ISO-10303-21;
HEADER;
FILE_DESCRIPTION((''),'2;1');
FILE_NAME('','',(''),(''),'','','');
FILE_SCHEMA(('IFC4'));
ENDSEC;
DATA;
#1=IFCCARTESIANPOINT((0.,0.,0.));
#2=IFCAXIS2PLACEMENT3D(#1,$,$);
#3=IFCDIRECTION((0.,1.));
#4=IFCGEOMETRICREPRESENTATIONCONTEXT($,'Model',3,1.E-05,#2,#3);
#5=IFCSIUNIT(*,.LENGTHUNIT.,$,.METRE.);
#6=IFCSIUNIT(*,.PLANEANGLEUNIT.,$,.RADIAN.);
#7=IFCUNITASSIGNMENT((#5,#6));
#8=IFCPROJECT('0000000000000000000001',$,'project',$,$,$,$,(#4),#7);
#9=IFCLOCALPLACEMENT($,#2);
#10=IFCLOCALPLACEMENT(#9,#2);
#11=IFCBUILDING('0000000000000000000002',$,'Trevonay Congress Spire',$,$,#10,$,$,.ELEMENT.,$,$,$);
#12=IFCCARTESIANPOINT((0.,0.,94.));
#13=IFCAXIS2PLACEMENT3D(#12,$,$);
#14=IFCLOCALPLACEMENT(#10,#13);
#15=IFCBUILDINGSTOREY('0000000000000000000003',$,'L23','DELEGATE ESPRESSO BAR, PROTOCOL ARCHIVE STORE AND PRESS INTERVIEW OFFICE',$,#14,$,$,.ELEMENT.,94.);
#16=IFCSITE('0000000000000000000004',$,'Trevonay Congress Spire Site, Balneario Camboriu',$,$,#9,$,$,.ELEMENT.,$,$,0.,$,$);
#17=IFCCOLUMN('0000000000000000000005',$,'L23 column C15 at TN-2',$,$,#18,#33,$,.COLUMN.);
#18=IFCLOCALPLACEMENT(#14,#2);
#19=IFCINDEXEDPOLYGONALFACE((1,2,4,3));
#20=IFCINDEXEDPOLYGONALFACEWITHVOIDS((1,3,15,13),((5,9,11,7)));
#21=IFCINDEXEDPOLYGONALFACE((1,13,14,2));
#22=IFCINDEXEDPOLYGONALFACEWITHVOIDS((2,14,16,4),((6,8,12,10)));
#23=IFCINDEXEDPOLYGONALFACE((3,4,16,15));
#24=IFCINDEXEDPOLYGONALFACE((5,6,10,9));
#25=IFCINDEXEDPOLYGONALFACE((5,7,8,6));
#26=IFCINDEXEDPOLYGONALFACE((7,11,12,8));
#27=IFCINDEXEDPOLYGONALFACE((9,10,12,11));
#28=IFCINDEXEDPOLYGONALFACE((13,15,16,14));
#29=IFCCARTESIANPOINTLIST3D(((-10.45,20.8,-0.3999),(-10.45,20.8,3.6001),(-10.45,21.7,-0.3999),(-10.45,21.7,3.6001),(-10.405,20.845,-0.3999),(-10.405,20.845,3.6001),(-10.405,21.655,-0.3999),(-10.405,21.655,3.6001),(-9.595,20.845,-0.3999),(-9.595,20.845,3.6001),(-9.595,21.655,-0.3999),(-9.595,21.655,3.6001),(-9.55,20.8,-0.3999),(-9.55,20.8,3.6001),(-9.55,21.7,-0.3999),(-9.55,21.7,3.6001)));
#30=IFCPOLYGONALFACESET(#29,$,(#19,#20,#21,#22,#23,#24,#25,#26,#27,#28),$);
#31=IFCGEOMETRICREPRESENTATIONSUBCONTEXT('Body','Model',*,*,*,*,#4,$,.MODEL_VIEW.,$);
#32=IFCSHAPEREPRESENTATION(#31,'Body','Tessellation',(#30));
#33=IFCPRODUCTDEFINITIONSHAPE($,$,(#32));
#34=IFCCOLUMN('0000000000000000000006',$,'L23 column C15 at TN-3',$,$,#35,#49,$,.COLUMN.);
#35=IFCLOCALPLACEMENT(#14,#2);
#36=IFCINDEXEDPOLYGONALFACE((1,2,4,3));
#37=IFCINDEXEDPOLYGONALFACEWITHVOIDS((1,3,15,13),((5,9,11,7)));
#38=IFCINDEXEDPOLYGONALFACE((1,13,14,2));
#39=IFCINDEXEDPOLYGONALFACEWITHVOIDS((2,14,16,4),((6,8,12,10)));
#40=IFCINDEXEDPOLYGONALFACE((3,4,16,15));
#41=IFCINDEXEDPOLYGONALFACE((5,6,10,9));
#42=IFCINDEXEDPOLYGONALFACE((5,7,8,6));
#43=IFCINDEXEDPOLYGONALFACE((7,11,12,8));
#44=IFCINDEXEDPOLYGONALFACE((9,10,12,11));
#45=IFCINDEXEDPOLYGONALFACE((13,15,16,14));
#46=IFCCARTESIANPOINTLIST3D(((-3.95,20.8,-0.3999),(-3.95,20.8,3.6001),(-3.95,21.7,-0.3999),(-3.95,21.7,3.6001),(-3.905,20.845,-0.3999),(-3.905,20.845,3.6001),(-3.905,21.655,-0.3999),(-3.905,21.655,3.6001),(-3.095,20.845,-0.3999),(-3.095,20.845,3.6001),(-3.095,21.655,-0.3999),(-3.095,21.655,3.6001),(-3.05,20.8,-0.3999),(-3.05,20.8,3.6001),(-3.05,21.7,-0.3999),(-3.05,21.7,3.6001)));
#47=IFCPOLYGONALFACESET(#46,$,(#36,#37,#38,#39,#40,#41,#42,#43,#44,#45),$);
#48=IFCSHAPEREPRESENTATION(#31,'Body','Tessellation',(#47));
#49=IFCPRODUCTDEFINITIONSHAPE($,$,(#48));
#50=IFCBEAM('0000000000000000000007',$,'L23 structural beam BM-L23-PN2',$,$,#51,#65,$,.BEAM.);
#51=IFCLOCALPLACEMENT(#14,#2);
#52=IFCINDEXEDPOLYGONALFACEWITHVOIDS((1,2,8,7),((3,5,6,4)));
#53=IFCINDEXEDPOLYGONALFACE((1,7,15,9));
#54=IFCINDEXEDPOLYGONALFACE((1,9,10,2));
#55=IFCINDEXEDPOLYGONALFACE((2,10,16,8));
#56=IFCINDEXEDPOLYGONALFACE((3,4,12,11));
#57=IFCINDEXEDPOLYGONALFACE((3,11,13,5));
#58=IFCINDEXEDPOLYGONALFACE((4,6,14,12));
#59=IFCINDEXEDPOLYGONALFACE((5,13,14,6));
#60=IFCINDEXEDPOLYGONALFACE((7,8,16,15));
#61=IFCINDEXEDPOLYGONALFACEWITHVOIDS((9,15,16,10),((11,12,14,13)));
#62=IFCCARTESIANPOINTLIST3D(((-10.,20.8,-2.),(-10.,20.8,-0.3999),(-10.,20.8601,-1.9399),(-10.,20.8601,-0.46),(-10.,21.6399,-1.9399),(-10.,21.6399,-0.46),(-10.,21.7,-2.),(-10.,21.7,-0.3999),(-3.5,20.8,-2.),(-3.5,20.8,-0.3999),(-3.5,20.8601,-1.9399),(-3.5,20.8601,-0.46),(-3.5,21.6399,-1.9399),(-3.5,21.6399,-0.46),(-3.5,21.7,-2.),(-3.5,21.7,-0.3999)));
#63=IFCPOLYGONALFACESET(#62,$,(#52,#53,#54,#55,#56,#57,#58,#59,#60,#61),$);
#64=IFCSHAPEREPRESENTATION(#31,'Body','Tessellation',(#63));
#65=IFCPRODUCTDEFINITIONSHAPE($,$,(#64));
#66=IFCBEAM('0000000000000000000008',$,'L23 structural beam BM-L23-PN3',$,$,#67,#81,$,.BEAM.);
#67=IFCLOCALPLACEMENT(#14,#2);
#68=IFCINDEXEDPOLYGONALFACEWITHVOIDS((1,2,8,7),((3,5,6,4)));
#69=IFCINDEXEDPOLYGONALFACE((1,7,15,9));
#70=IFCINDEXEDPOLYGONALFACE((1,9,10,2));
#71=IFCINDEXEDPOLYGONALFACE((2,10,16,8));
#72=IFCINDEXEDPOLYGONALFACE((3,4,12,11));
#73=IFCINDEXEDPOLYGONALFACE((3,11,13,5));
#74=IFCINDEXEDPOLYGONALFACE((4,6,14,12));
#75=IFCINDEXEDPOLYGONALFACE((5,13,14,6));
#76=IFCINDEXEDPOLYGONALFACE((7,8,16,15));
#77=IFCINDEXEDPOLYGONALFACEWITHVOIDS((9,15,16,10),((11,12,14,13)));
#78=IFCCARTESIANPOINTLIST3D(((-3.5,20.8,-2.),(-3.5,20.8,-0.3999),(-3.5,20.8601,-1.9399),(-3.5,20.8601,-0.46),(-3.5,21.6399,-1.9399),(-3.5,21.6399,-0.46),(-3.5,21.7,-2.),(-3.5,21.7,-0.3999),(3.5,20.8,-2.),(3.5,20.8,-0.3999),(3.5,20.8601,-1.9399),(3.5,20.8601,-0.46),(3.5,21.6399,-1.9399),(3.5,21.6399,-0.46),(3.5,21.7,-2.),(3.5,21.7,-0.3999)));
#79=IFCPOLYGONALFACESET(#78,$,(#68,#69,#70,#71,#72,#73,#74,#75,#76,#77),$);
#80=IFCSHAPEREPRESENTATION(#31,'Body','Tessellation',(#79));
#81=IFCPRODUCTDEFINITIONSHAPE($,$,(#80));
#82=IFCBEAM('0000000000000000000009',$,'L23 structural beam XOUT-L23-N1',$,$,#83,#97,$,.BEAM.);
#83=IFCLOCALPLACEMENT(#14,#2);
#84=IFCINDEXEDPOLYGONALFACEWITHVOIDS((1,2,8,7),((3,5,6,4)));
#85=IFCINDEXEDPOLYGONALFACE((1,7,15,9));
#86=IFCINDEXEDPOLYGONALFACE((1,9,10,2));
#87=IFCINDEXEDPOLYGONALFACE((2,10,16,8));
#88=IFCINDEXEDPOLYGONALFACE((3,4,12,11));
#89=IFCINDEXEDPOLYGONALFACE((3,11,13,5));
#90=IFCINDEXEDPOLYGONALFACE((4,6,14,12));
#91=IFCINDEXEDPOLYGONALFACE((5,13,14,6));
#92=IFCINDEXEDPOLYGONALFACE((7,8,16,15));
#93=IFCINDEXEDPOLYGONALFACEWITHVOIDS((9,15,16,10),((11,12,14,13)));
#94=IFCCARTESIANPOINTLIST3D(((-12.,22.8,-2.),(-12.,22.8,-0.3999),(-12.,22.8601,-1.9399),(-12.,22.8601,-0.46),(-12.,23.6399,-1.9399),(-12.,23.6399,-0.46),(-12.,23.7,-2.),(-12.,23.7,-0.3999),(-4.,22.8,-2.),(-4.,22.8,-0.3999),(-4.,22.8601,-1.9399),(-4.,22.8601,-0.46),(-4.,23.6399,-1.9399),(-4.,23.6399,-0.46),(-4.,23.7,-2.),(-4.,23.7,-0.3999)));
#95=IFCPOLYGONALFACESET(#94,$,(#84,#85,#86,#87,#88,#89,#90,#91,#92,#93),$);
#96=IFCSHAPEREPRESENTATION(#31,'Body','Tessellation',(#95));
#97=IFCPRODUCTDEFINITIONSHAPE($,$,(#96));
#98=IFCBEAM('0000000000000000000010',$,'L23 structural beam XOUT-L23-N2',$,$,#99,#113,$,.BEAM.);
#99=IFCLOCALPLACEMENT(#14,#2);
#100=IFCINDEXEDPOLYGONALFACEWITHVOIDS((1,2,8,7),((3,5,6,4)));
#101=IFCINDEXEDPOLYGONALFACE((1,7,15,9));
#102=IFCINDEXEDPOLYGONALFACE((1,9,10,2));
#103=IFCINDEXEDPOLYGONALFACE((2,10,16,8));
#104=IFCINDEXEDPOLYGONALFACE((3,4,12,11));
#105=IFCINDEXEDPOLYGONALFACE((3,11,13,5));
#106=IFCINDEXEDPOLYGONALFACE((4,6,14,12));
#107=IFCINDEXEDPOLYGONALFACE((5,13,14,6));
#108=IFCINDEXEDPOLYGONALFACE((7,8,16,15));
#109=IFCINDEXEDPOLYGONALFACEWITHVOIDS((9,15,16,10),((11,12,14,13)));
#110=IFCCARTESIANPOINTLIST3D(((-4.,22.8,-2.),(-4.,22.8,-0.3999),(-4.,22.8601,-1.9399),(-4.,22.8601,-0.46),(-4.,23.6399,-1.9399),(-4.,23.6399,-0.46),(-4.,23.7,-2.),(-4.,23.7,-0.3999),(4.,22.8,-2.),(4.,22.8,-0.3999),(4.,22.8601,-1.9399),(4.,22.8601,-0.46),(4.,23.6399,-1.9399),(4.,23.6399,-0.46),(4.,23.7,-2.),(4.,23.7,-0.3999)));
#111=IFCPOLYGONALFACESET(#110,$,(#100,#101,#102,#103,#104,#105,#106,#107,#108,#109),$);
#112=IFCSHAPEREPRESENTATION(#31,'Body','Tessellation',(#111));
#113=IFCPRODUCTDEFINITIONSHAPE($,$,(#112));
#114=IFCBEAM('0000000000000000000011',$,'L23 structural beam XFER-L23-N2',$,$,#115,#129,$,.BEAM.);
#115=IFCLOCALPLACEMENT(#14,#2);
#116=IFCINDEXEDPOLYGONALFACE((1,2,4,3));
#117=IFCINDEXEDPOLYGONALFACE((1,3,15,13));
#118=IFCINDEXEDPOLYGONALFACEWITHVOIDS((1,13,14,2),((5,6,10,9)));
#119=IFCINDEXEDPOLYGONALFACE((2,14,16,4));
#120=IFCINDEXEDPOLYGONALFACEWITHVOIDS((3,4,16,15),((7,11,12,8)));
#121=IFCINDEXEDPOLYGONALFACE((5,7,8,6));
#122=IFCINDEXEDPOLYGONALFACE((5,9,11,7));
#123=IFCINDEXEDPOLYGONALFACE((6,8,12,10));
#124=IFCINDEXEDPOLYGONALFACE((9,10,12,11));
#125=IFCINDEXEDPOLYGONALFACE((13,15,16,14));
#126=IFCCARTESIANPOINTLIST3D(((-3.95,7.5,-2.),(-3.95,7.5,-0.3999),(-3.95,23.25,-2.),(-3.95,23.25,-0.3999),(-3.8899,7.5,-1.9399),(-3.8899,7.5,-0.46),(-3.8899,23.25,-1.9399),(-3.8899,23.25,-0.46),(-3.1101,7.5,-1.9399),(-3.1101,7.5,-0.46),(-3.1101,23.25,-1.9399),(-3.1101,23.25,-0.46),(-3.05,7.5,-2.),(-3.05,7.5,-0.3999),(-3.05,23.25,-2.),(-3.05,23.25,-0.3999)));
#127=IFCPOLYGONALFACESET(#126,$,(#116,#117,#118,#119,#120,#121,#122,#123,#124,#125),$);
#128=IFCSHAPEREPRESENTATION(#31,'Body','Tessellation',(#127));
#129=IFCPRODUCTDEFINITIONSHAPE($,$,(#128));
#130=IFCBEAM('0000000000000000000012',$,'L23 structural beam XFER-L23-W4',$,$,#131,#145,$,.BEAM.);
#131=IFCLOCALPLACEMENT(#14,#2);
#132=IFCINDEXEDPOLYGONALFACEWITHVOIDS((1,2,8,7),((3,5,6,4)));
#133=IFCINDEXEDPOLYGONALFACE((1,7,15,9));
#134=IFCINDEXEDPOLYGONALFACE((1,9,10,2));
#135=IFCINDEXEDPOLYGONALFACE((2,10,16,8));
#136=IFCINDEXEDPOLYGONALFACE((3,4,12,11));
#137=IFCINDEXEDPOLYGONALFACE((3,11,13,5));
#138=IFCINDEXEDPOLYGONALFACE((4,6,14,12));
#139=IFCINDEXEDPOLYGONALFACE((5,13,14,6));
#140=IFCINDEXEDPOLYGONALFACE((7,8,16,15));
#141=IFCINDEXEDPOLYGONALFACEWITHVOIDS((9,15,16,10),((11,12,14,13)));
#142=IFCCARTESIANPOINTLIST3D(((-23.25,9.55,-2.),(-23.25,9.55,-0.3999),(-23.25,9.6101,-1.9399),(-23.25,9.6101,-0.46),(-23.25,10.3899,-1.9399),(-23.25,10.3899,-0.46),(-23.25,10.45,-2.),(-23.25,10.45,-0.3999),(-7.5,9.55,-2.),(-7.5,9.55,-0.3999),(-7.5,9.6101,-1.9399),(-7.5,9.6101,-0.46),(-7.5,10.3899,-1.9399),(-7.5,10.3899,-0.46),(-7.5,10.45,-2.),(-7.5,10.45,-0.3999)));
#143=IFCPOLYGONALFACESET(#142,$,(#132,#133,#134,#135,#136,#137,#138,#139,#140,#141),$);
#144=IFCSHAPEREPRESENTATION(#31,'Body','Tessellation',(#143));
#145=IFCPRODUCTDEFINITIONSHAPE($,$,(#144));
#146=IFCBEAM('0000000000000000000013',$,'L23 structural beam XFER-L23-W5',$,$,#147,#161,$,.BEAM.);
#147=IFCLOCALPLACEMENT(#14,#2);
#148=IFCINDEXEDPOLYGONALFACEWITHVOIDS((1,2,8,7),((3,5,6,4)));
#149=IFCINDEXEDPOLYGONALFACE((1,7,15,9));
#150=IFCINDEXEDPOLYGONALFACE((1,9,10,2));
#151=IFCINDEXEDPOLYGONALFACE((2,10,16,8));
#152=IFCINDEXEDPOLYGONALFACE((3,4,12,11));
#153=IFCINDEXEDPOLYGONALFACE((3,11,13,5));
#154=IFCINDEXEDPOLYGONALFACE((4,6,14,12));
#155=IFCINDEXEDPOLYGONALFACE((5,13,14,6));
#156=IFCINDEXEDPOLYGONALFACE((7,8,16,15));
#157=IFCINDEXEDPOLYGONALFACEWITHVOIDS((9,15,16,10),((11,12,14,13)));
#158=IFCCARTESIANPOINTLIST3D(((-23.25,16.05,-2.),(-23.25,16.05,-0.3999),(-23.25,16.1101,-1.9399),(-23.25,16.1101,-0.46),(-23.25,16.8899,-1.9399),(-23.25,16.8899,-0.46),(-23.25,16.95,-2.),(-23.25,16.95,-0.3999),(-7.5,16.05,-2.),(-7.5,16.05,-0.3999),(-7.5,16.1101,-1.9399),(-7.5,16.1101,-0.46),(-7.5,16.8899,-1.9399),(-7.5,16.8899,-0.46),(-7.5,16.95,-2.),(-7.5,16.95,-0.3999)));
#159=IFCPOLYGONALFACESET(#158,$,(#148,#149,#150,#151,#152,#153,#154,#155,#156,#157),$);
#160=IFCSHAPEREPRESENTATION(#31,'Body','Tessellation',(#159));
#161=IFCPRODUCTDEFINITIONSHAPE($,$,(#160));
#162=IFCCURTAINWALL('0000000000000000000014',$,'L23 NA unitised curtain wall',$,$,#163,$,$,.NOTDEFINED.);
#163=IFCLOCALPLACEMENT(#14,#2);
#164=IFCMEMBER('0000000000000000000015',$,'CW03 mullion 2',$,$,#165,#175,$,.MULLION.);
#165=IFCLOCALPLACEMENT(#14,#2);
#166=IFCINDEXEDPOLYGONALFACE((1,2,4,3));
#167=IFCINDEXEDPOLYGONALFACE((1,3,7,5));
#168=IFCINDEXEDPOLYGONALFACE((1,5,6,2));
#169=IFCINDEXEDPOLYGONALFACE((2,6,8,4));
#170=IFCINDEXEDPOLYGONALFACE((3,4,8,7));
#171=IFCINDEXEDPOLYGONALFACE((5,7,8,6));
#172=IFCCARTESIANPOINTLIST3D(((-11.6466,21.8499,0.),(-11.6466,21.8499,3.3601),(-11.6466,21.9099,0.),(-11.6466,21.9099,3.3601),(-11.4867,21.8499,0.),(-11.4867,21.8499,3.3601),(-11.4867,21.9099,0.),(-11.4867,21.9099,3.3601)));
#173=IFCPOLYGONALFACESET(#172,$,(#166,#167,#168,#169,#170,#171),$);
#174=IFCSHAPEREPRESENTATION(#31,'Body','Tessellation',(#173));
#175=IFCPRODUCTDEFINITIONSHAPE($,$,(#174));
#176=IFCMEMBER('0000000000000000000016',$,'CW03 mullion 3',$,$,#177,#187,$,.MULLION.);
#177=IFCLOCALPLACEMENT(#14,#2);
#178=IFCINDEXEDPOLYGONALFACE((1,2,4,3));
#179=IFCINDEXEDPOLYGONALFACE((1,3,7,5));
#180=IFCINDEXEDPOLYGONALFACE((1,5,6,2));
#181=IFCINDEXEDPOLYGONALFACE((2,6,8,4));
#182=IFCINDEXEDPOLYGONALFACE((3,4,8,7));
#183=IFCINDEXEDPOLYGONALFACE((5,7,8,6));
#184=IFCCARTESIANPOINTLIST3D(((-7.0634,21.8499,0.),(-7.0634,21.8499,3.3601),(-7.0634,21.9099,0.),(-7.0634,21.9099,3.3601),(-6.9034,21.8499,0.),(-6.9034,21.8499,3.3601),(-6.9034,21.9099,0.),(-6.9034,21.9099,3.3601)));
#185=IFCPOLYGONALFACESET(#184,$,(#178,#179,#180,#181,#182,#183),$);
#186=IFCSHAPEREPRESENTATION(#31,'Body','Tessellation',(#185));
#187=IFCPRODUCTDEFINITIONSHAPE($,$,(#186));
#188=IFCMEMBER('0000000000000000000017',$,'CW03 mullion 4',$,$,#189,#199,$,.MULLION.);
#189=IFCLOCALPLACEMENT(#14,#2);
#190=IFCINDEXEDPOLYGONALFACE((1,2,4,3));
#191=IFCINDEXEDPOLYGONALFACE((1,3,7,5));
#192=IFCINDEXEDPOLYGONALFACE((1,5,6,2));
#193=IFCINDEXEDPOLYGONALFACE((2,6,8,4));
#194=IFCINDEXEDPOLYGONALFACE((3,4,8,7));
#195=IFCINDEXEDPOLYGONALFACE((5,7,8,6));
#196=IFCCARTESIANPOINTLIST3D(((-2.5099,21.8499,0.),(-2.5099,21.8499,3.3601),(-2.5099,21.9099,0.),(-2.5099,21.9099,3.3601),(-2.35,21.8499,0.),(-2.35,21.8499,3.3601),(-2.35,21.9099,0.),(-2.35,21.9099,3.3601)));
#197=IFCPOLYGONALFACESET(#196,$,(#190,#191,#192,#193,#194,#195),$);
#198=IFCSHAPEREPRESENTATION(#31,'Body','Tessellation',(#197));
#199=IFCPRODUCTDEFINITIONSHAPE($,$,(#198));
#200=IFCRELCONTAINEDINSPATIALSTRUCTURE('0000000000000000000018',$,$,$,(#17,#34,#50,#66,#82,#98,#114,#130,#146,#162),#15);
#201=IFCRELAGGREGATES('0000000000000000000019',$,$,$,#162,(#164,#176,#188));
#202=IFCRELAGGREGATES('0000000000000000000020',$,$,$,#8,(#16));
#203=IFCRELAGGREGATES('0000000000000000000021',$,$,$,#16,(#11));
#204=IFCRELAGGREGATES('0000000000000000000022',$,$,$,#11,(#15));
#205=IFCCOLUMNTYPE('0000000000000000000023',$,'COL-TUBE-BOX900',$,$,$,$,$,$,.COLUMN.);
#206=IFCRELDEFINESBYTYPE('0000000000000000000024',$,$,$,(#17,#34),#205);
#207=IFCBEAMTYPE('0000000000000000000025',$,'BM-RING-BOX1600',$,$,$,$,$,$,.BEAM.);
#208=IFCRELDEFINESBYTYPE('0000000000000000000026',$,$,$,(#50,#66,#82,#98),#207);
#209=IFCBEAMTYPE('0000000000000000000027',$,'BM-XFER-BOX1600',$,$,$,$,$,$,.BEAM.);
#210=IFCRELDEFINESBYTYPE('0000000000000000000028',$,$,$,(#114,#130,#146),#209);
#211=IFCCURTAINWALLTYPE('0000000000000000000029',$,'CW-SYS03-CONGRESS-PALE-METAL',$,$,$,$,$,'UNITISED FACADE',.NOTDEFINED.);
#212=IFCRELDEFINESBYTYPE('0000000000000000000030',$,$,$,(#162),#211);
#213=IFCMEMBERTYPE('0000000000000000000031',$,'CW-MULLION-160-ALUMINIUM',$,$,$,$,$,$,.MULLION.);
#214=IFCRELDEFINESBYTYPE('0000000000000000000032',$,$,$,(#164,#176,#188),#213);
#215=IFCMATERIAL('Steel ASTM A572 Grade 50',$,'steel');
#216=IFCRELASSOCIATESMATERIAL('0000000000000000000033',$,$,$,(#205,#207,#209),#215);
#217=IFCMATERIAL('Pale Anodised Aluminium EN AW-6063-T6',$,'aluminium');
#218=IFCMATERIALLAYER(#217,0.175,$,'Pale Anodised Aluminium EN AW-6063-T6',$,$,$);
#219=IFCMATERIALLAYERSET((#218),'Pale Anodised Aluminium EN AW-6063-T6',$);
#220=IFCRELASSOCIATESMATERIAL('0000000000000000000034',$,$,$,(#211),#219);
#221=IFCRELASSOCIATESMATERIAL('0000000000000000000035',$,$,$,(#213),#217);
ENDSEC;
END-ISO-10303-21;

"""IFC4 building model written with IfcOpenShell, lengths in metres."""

from ifc_helpers import new_model, si_unit, direction, frame, origin, origin_2d, place, context, subcontext, project, spatial, rectangle, hollow_rectangle, extrude, material, layer, layer_set, material_profile, profile_set, type_object, element, aggregate, save


model = new_model("IFC4")

# Units and contexts
model_context = context("Model", 3, precision=1e-05, world=origin(), true_north=direction((0.0, 1.0)))
body_context = subcontext(model_context, "Body", "Model", "MODEL_VIEW")
ifc_project = project(units=[si_unit("LENGTHUNIT", "METRE"), si_unit("PLANEANGLEUNIT", "RADIAN")], contexts=[model_context])

# Site, building, storey
site_placement = place(None, origin())
site = spatial("IfcSite", under=ifc_project, at=site_placement, Name="Trevonay Congress Spire Site, Balneario Camboriu", CompositionType="ELEMENT", RefElevation=0.0)
building_placement = place(site_placement, origin())
building = spatial("IfcBuilding", under=site, at=building_placement, Name="Trevonay Congress Spire", CompositionType="ELEMENT")
storey_placement = place(building_placement, frame((0.0, 0.0, 94.0)))
storey = spatial("IfcBuildingStorey", under=building, at=storey_placement, Name="L23", Description="DELEGATE ESPRESSO BAR, PROTOCOL ARCHIVE STORE AND PRESS INTERVIEW OFFICE", CompositionType="ELEMENT", Elevation=94.0)

# Columns
ifc_material_1 = material(Name="Steel ASTM A572 Grade 50", Category="steel")
ifc_material_profile_1 = material_profile(ifc_material_1, hollow_rectangle(XDim=0.8999, YDim=0.8999, WallThickness=0.0449, at=origin_2d()), Name="BOX 900x900x45")
ifc_profile_set_1 = profile_set([ifc_material_profile_1], Name="Steel ASTM A572 Grade 50")
column_type = type_object("IfcColumnType", Name="COL-TUBE-BOX900", PredefinedType="COLUMN", material=ifc_profile_set_1)
for number, where, z_axis, x_axis, name in (
    (1, (-10.0, 21.25, -0.3999), (0.0, 0.0, 1.0), (1.0, 0.0, 0.0), "L23 column C15 at TN-2"),
    (2, (-3.5, 21.25, -0.3999), (0.0, 0.0, 1.0), (1.0, 0.0, 0.0), "L23 column C15 at TN-3"),
):
    element("IfcColumn", number, at=place(storey_placement, frame(where, z_axis=z_axis, x_axis=x_axis)), inside=storey, type_object=column_type, Name=name, PredefinedType="COLUMN", context=body_context, shape_type="SweptSolid", body=[
        extrude(hollow_rectangle(XDim=0.8999, YDim=0.8999, WallThickness=0.0449, at=origin_2d()), origin(), (0.0, 0.0, 1.0), 4.0),
    ])

# Beams
ifc_material_profile_2 = material_profile(ifc_material_1, hollow_rectangle(XDim=0.8999, YDim=1.6001, WallThickness=0.0601, at=origin_2d()), Name="BOX 1600x900x60")
ifc_profile_set_2 = profile_set([ifc_material_profile_2], Name="Steel ASTM A572 Grade 50")
beam_type_1 = type_object("IfcBeamType", Name="BM-RING-BOX1600", PredefinedType="BEAM", material=ifc_profile_set_2)
beam_1_placement = place(storey_placement, frame((-10.0, 21.25, -1.2), z_axis=(1.0, 0.0, 0.0), x_axis=(0.0, 1.0, 0.0)))
element("IfcBeam", 3, at=beam_1_placement, inside=storey, type_object=beam_type_1, Name="L23 structural beam BM-L23-PN2", PredefinedType="BEAM", context=body_context, shape_type="SweptSolid", body=[
    extrude(hollow_rectangle(XDim=0.8999, YDim=1.6001, WallThickness=0.0601, at=origin_2d()), origin(), (0.0, 0.0, 1.0), 6.5),
])
beam_2_placement = place(storey_placement, frame((-3.5, 21.25, -1.2), z_axis=(1.0, 0.0, 0.0), x_axis=(0.0, 1.0, 0.0)))
element("IfcBeam", 4, at=beam_2_placement, inside=storey, type_object=beam_type_1, Name="L23 structural beam BM-L23-PN3", PredefinedType="BEAM", context=body_context, shape_type="SweptSolid", body=[
    extrude(hollow_rectangle(XDim=0.8999, YDim=1.6001, WallThickness=0.0601, at=origin_2d()), origin(), (0.0, 0.0, 1.0), 7.0),
])
for number, where, z_axis, x_axis, name in (
    (5, (-12.0, 23.25, -1.2), (1.0, 0.0, 0.0), (0.0, 1.0, 0.0), "L23 structural beam XOUT-L23-N1"),
    (6, (-4.0, 23.25, -1.2), (1.0, 0.0, 0.0), (0.0, 1.0, 0.0), "L23 structural beam XOUT-L23-N2"),
):
    element("IfcBeam", number, at=place(storey_placement, frame(where, z_axis=z_axis, x_axis=x_axis)), inside=storey, type_object=beam_type_1, Name=name, PredefinedType="BEAM", context=body_context, shape_type="SweptSolid", body=[
        extrude(hollow_rectangle(XDim=0.8999, YDim=1.6001, WallThickness=0.0601, at=origin_2d()), origin(), (0.0, 0.0, 1.0), 8.0),
    ])
ifc_material_profile_3 = material_profile(ifc_material_1, hollow_rectangle(XDim=0.8999, YDim=1.6001, WallThickness=0.0601, at=origin_2d()), Name="BOX 1600x900x60")
ifc_profile_set_3 = profile_set([ifc_material_profile_3], Name="Steel ASTM A572 Grade 50")
beam_type_2 = type_object("IfcBeamType", Name="BM-XFER-BOX1600", PredefinedType="BEAM", material=ifc_profile_set_3)
for number, where, z_axis, x_axis, name in (
    (7, (-3.5, 7.5, -1.2), (0.0, 1.0, 0.0), (-1.0, 0.0, 0.0), "L23 structural beam XFER-L23-N2"),
    (8, (-7.5, 10.0, -1.2), (-1.0, 0.0, 0.0), (0.0, -1.0, 0.0), "L23 structural beam XFER-L23-W4"),
    (9, (-7.5, 16.5, -1.2), (-1.0, 0.0, 0.0), (0.0, -1.0, 0.0), "L23 structural beam XFER-L23-W5"),
):
    element("IfcBeam", number, at=place(storey_placement, frame(where, z_axis=z_axis, x_axis=x_axis)), inside=storey, type_object=beam_type_2, Name=name, PredefinedType="BEAM", context=body_context, shape_type="SweptSolid", body=[
        extrude(hollow_rectangle(XDim=0.8999, YDim=1.6001, WallThickness=0.0601, at=origin_2d()), origin(), (0.0, 0.0, 1.0), 15.75),
    ])

# Curtain wall, members
ifc_material_2 = material(Name="Pale Anodised Aluminium EN AW-6063-T6", Category="aluminium")
ifc_layer_1 = layer(ifc_material_2, 0.175, Name="Pale Anodised Aluminium EN AW-6063-T6")
ifc_layer_set_1 = layer_set([ifc_layer_1], Name="Pale Anodised Aluminium EN AW-6063-T6")
curtain_wall_type = type_object("IfcCurtainWallType", Name="CW-SYS03-CONGRESS-PALE-METAL", ElementType="UNITISED FACADE", PredefinedType="NOTDEFINED", material=ifc_layer_set_1)
curtain_wall_placement = place(storey_placement, origin())
curtain_wall = element("IfcCurtainWall", 10, at=curtain_wall_placement, inside=storey, type_object=curtain_wall_type, Name="L23 NA unitised curtain wall", PredefinedType="NOTDEFINED")
ifc_material_profile_4 = material_profile(ifc_material_2, rectangle(XDim=0.0601, YDim=0.1599, at=origin_2d()), Name="CW-MULLION-160-ALUMINIUM")
ifc_profile_set_4 = profile_set([ifc_material_profile_4], Name="Pale Anodised Aluminium EN AW-6063-T6")
member_type_1 = type_object("IfcMemberType", Name="CW-MULLION-160-ALUMINIUM", PredefinedType="MULLION", material=ifc_profile_set_4)
member_1_placement = place(storey_placement, frame((-11.5667, 21.8799, 0.0), z_axis=(0.0, 0.0, 1.0), x_axis=(0.0, 1.0, 0.0)))
member_1 = element("IfcMember", 11, at=member_1_placement, type_object=member_type_1, Name="CW03 mullion 2", PredefinedType="MULLION", context=body_context, shape_type="SweptSolid", body=[
    extrude(rectangle(XDim=0.0601, YDim=0.1599, at=origin_2d()), origin(), (0.0, 0.0, 1.0), 3.3601),
])
member_2_placement = place(storey_placement, frame((-6.9834, 21.8799, 0.0), z_axis=(0.0, 0.0, 1.0), x_axis=(0.0, 1.0, 0.0)))
member_2 = element("IfcMember", 12, at=member_2_placement, type_object=member_type_1, Name="CW03 mullion 3", PredefinedType="MULLION", context=body_context, shape_type="SweptSolid", body=[
    extrude(rectangle(XDim=0.0601, YDim=0.1599, at=origin_2d()), origin(), (0.0, 0.0, 1.0), 3.3601),
])
member_3_placement = place(storey_placement, frame((-2.4299, 21.8799, 0.0), z_axis=(0.0, 0.0, 1.0), x_axis=(0.0, 1.0, 0.0)))
member_3 = element("IfcMember", 13, at=member_3_placement, type_object=member_type_1, Name="CW03 mullion 4", PredefinedType="MULLION", context=body_context, shape_type="SweptSolid", body=[
    extrude(rectangle(XDim=0.0601, YDim=0.1599, at=origin_2d()), origin(), (0.0, 0.0, 1.0), 3.3601),
])
aggregate(curtain_wall, [member_1, member_2, member_3])

save(model, "model.ifc")
